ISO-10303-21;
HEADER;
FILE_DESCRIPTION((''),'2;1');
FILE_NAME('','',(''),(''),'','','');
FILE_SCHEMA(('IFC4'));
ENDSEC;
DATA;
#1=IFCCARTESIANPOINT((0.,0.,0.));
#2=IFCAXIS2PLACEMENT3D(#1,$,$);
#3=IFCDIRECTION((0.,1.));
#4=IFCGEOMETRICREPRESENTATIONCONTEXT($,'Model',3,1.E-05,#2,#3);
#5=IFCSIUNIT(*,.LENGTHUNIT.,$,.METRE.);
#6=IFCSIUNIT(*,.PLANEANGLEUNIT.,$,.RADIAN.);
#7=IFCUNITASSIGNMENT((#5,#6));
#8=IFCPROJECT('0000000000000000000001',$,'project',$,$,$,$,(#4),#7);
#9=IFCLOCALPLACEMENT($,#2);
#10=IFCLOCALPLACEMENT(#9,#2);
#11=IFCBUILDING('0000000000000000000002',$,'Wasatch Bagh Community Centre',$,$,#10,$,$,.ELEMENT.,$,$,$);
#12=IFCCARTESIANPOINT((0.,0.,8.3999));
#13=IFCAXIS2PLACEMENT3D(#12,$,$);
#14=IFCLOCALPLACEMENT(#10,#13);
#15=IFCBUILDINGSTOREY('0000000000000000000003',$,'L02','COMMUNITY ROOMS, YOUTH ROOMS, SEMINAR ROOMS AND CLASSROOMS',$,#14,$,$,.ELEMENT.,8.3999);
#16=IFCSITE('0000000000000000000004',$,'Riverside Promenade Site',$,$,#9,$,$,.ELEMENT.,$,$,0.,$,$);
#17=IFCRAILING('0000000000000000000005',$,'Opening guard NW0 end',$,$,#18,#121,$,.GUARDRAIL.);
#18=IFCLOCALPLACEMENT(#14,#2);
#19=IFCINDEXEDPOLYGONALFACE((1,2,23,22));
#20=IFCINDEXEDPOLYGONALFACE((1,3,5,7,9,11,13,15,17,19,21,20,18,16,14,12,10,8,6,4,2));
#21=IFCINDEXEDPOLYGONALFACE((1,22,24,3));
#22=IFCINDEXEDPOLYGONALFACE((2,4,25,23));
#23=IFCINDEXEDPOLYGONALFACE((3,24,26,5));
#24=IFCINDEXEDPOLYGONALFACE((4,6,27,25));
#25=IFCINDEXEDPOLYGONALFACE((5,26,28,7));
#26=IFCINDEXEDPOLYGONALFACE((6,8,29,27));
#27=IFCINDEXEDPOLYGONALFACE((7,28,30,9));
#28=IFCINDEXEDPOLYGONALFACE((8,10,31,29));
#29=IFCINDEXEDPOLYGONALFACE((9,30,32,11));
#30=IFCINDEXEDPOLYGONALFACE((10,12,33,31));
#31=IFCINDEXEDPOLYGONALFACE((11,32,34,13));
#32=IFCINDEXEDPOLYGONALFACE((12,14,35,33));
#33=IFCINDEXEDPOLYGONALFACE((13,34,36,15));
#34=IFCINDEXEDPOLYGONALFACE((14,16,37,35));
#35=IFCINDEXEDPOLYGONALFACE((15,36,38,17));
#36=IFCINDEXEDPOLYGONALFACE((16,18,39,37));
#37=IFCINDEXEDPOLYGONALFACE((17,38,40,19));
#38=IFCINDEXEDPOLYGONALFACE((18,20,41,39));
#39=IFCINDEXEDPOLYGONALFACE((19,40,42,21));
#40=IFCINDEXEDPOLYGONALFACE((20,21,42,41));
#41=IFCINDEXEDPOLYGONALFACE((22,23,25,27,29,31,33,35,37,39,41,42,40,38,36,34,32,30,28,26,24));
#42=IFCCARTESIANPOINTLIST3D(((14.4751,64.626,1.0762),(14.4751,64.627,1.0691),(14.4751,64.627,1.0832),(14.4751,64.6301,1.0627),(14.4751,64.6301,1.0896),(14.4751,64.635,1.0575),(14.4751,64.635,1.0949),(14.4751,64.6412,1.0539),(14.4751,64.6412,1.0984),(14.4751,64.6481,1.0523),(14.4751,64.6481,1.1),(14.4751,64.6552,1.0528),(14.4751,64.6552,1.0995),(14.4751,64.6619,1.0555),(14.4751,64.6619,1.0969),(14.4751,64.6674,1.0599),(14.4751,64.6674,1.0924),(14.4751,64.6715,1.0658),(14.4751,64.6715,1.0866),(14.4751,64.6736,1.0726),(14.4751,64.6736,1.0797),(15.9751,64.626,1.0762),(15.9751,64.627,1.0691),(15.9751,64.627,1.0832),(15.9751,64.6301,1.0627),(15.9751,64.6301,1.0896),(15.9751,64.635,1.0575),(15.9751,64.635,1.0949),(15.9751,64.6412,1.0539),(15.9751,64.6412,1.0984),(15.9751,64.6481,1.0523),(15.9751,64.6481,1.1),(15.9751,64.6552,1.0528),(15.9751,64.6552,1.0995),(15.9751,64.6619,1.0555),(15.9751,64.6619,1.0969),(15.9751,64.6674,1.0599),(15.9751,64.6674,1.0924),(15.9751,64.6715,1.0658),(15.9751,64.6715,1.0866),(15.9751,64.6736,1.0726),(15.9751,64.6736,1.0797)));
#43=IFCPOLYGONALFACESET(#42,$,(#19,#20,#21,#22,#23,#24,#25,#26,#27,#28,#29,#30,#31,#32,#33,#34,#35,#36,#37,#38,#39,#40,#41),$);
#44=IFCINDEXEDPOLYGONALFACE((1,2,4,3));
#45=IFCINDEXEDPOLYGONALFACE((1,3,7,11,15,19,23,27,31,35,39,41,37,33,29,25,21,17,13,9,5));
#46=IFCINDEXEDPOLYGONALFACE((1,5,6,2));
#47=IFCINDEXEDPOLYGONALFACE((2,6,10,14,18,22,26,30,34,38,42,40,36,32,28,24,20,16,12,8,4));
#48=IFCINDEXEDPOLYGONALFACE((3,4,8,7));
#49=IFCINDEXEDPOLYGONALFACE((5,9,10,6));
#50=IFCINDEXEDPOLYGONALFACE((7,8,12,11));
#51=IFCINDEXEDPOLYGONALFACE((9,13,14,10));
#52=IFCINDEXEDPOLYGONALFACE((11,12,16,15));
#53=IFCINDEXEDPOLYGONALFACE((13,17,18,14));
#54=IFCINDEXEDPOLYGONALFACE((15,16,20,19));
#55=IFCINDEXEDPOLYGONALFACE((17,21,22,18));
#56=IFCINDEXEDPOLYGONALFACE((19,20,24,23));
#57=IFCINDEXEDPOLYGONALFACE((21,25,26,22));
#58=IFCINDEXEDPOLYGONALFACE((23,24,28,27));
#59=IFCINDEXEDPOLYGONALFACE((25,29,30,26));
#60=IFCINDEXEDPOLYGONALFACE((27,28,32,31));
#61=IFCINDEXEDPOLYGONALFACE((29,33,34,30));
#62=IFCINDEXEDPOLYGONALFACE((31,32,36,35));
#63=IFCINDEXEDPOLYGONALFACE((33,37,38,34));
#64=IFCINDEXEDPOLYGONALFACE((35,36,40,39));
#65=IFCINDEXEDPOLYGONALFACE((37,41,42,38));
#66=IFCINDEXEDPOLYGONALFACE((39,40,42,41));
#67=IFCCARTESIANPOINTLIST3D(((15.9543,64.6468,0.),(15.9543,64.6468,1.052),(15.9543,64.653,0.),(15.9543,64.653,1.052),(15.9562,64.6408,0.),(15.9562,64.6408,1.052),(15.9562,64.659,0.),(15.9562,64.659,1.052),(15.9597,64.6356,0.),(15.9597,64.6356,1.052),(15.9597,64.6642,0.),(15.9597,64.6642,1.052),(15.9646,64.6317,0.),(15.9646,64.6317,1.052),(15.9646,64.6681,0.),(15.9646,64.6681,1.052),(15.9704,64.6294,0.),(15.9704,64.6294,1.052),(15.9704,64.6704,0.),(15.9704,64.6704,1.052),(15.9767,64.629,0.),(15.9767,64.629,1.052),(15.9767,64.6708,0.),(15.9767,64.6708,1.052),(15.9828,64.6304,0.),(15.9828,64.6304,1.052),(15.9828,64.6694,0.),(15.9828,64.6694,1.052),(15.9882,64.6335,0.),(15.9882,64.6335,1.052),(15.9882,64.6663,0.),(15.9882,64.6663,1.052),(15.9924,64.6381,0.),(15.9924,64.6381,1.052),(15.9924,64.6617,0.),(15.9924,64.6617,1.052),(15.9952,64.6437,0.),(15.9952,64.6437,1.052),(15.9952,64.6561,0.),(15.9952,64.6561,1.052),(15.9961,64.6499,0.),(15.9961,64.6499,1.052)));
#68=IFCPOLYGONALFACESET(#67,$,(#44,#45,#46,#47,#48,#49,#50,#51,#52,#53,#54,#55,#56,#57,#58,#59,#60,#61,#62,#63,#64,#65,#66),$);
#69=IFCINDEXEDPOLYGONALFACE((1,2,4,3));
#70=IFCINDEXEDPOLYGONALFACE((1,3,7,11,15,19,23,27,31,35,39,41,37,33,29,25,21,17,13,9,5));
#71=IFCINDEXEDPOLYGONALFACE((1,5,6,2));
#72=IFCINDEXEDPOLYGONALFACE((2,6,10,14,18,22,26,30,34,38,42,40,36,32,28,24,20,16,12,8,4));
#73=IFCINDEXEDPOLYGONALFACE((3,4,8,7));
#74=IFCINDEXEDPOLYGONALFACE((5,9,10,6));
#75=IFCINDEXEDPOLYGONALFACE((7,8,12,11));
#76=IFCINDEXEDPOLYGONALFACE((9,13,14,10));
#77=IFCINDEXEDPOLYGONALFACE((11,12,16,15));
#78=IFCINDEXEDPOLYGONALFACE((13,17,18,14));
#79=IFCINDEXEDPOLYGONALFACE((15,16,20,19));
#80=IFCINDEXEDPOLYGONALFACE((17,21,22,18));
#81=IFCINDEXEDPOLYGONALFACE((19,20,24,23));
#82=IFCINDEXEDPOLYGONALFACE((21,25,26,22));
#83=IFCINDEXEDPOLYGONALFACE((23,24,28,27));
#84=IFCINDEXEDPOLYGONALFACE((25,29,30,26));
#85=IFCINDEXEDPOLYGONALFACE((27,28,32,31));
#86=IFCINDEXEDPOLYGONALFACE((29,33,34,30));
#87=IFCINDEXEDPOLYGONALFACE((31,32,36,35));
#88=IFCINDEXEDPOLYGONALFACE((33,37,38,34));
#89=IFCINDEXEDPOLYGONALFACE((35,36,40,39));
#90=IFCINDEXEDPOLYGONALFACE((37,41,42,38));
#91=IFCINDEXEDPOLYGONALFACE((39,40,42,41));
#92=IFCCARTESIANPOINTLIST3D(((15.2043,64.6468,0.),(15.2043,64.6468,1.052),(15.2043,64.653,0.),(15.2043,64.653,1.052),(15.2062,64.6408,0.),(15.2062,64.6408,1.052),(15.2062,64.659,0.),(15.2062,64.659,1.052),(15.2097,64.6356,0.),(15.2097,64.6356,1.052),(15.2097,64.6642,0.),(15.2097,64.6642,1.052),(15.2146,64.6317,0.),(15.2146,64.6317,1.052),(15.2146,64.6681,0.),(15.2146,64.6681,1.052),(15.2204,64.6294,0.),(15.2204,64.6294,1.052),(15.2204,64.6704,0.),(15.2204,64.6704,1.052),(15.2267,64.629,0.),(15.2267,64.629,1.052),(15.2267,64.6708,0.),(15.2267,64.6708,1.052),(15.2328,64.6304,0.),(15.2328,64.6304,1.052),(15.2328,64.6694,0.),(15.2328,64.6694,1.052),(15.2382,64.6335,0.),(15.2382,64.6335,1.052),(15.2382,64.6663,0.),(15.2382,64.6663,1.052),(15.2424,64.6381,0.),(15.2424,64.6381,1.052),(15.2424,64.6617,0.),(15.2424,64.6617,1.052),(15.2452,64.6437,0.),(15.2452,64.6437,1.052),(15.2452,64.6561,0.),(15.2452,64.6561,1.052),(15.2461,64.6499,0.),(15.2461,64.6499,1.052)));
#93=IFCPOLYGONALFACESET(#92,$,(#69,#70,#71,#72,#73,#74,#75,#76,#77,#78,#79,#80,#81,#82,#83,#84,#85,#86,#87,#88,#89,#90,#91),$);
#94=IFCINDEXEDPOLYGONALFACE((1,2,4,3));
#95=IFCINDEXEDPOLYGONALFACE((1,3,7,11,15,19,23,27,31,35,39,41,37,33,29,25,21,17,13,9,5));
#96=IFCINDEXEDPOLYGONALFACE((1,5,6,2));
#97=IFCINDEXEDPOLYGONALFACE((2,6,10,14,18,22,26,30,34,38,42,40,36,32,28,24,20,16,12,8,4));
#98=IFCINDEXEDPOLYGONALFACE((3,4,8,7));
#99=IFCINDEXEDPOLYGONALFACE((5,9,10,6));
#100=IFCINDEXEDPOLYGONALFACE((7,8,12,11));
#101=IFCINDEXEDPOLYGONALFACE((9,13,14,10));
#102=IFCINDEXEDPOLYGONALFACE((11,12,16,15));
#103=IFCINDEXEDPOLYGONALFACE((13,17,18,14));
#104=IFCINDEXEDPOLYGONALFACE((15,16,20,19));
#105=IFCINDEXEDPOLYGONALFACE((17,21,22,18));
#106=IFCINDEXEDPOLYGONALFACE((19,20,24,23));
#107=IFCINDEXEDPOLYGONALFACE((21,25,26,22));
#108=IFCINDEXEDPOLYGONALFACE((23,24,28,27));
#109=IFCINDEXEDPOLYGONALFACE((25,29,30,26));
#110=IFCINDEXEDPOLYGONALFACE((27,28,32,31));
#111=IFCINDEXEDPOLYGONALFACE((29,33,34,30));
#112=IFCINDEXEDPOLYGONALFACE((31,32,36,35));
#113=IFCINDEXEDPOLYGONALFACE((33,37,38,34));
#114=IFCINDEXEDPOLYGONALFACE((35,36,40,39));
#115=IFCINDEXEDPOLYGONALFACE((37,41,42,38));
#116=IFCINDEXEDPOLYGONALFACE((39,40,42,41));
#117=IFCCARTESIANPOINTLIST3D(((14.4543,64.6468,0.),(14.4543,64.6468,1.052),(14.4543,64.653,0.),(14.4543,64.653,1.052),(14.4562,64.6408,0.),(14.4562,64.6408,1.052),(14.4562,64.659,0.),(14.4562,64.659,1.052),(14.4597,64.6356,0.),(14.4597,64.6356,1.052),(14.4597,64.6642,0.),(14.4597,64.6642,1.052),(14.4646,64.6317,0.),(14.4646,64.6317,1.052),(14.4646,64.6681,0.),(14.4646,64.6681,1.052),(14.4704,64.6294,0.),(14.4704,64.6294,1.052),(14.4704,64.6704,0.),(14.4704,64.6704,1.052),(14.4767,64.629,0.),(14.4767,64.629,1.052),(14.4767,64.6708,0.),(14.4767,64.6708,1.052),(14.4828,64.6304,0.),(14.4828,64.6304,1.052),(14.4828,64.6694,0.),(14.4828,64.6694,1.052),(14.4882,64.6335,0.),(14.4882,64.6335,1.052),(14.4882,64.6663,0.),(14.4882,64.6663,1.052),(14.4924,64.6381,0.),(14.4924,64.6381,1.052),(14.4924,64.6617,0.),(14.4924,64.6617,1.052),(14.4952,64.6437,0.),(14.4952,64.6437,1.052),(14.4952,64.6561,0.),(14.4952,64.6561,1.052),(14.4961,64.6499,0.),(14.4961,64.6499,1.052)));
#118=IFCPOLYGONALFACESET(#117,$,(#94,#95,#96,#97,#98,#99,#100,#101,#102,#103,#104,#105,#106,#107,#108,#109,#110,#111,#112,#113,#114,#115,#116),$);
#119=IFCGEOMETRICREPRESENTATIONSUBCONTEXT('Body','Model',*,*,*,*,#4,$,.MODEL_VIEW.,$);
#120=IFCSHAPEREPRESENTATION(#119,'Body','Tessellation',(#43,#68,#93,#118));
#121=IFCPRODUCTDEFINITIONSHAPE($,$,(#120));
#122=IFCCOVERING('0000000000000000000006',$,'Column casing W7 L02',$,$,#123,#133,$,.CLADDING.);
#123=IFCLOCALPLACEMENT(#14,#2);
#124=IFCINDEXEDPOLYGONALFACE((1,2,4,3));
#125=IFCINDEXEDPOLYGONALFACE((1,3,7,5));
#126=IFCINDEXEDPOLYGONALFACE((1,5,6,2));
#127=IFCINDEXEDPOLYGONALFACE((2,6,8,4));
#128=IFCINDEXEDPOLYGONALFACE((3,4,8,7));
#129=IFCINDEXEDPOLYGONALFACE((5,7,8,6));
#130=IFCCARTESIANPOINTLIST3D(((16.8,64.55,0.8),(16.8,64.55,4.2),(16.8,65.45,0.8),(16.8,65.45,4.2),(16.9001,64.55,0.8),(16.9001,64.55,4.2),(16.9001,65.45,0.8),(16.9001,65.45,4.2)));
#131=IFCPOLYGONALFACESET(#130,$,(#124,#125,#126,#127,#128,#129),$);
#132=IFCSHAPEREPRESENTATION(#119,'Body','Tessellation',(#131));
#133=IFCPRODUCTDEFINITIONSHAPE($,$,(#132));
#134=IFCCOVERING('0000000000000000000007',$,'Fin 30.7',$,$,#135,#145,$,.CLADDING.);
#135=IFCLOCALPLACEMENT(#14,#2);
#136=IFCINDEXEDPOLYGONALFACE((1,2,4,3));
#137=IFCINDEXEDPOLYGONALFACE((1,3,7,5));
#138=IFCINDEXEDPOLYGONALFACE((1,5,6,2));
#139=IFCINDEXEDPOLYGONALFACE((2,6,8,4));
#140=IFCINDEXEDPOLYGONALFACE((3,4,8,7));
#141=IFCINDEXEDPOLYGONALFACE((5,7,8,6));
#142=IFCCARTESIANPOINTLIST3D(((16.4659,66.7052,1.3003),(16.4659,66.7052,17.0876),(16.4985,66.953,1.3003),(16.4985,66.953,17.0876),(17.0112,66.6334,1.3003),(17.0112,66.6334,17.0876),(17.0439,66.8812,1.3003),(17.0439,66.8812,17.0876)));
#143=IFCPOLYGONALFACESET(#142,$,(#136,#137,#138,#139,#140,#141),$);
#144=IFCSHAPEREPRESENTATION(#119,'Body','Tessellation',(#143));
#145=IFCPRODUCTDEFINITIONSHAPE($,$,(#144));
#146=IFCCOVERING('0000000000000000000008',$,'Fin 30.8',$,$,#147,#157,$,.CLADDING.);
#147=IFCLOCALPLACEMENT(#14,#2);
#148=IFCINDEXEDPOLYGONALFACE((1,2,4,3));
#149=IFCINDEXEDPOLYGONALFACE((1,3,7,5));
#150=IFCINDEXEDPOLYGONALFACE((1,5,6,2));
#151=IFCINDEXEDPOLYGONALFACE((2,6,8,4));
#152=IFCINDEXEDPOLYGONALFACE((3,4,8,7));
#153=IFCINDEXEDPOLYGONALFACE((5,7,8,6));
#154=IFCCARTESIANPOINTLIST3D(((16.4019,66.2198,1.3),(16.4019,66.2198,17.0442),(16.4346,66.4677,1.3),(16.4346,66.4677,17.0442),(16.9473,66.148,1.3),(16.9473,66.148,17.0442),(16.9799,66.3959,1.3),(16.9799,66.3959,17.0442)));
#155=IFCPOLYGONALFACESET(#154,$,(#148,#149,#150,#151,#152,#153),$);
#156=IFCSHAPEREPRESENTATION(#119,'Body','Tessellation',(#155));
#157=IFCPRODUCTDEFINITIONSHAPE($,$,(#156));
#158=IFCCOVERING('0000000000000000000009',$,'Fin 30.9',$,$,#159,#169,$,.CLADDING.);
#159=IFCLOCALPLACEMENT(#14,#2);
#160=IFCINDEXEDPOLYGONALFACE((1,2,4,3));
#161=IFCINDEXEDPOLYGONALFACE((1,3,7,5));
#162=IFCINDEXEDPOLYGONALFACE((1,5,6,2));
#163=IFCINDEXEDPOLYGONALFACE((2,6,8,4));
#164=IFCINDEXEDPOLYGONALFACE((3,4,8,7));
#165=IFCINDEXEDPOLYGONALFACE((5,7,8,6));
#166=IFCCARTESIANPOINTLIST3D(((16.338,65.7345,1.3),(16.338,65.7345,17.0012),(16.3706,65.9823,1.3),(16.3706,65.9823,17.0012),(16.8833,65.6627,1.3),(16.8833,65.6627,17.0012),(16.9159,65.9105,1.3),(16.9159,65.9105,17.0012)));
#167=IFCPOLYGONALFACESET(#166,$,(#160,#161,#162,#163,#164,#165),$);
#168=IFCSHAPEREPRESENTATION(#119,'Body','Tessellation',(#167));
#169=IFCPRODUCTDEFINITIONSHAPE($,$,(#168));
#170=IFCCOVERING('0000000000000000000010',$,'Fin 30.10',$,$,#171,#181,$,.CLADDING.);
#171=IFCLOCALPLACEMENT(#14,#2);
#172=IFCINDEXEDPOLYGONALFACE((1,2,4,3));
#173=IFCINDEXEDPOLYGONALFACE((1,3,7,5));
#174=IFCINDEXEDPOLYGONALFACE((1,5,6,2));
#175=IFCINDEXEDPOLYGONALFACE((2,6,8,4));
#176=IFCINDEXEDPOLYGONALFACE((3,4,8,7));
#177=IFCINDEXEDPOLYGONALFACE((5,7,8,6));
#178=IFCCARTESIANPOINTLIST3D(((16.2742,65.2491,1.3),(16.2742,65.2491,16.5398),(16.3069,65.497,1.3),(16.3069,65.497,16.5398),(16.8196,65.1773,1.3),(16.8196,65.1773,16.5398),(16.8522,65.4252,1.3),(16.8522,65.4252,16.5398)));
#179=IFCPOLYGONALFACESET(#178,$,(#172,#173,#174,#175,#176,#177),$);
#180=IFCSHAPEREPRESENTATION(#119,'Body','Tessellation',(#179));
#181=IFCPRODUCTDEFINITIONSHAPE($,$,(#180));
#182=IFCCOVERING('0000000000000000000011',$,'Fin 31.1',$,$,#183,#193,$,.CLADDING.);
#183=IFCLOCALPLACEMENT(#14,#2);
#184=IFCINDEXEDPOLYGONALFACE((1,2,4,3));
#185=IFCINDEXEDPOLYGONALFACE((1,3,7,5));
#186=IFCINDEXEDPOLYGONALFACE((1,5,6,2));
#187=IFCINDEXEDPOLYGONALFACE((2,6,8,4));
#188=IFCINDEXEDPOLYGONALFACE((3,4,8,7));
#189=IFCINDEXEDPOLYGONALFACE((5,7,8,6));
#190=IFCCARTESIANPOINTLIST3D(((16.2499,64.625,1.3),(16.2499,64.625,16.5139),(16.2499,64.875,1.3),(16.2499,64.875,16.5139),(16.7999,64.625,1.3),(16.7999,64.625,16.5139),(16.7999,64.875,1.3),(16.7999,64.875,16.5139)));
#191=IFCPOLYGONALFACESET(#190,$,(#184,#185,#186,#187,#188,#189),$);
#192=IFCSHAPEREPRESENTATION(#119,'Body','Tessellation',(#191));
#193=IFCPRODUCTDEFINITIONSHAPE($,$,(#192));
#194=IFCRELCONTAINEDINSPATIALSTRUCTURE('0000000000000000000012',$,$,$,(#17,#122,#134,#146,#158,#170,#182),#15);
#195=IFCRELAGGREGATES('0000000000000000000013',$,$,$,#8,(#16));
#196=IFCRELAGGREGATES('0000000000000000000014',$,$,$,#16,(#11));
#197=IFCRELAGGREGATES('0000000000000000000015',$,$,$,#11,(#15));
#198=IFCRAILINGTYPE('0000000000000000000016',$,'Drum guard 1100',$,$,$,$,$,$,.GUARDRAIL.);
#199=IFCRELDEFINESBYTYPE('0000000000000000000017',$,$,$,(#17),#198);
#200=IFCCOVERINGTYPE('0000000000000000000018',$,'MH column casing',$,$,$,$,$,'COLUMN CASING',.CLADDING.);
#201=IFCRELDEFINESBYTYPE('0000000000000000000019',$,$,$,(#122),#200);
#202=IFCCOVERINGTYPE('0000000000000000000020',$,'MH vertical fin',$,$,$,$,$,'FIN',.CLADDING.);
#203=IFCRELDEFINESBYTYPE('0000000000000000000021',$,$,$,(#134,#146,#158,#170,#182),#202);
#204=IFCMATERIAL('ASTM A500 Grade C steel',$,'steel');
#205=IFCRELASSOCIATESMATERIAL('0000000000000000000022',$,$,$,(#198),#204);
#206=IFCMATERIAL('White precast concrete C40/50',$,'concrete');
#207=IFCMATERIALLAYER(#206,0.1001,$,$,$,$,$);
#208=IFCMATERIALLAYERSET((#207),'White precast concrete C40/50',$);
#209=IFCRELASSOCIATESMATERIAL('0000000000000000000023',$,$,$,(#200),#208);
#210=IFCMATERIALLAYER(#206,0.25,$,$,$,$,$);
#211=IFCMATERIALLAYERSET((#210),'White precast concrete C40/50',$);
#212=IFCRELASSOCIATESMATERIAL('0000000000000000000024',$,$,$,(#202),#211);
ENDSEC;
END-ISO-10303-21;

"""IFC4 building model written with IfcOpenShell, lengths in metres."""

from ifc_helpers import new_model, si_unit, direction, frame, origin, origin_2d, place, context, subcontext, project, spatial, rectangle, circle, extrude, material, layer, layer_set, type_object, element, save


model = new_model("IFC4")

# Units and contexts
model_context = context("Model", 3, precision=1e-05, world=origin(), true_north=direction((0.0, 1.0)))
body_context = subcontext(model_context, "Body", "Model", "MODEL_VIEW")
ifc_project = project(units=[si_unit("LENGTHUNIT", "METRE"), si_unit("PLANEANGLEUNIT", "RADIAN")], contexts=[model_context])

# Site, building, storey
site_placement = place(None, origin())
site = spatial("IfcSite", under=ifc_project, at=site_placement, Name="Riverside Promenade Site", CompositionType="ELEMENT", RefElevation=0.0)
building_placement = place(site_placement, origin())
building = spatial("IfcBuilding", under=site, at=building_placement, Name="Wasatch Bagh Community Centre", CompositionType="ELEMENT")
storey_placement = place(building_placement, frame((0.0, 0.0, 8.3999)))
storey = spatial("IfcBuildingStorey", under=building, at=storey_placement, Name="L02", Description="COMMUNITY ROOMS, YOUTH ROOMS, SEMINAR ROOMS AND CLASSROOMS", CompositionType="ELEMENT", Elevation=8.3999)

# Railing
ifc_material_1 = material(Name="ASTM A500 Grade C steel", Category="steel")
railing_type = type_object("IfcRailingType", Name="Drum guard 1100", PredefinedType="GUARDRAIL", material=ifc_material_1)
railing_1_placement = place(storey_placement, frame((15.9751, 64.6499, 0.0)))
element("IfcRailing", 1, at=railing_1_placement, inside=storey, type_object=railing_type, Name="Opening guard NW0 end", PredefinedType="GUARDRAIL", context=body_context, shape_type="SweptSolid", body=[
    extrude(circle(Radius=0.0239, at=origin_2d()), frame((0.0, 0.0, 1.0762), z_axis=(-1.0, 0.0, 0.0), x_axis=(0.0, -1.0, 0.0)), (0.0, 0.0, 1.0), 1.5),
    extrude(circle(Radius=0.021, at=origin_2d()), origin(), (0.0, 0.0, 1.0), 1.052),
    extrude(circle(Radius=0.021, at=origin_2d()), frame((-0.75, 0.0, 0.0)), (0.0, 0.0, 1.0), 1.052),
    extrude(circle(Radius=0.021, at=origin_2d()), frame((-1.5, 0.0, 0.0)), (0.0, 0.0, 1.0), 1.052),
])

# Coverings
ifc_material_2 = material(Name="White precast concrete C40/50", Category="concrete")
ifc_layer_1 = layer(ifc_material_2, 0.1001)
ifc_layer_set_1 = layer_set([ifc_layer_1], Name="White precast concrete C40/50")
covering_type_1 = type_object("IfcCoveringType", Name="MH column casing", ElementType="COLUMN CASING", PredefinedType="CLADDING", material=ifc_layer_set_1)
covering_1_placement = place(storey_placement, frame((16.8501, 65.0, 0.8), z_axis=(0.0, 0.0, 1.0), x_axis=(0.0, -1.0, 0.0)))
element("IfcCovering", 2, at=covering_1_placement, inside=storey, type_object=covering_type_1, Name="Column casing W7 L02", PredefinedType="CLADDING", context=body_context, shape_type="SweptSolid", body=[
    extrude(rectangle(XDim=0.8999, YDim=0.1001, at=origin_2d()), origin(), (0.0, 0.0, 1.0), 3.3999),
])
ifc_layer_2 = layer(ifc_material_2, 0.25)
ifc_layer_set_2 = layer_set([ifc_layer_2], Name="White precast concrete C40/50")
covering_type_2 = type_object("IfcCoveringType", Name="MH vertical fin", ElementType="FIN", PredefinedType="CLADDING", material=ifc_layer_set_2)
covering_2_placement = place(storey_placement, frame((16.7549, 66.7932, 1.3003), z_axis=(0.0, 0.0, 1.0), x_axis=(-0.130526, -0.991445, 0.0)))
element("IfcCovering", 3, at=covering_2_placement, inside=storey, type_object=covering_type_2, Name="Fin 30.7", PredefinedType="CLADDING", context=body_context, shape_type="SweptSolid", body=[
    extrude(rectangle(XDim=0.25, YDim=0.55, at=origin_2d()), origin(), (0.0, 0.0, 1.0), 15.7874),
])
covering_3_placement = place(storey_placement, frame((16.6909, 66.3079, 1.3), z_axis=(0.0, 0.0, 1.0), x_axis=(-0.130526, -0.991445, 0.0)))
element("IfcCovering", 4, at=covering_3_placement, inside=storey, type_object=covering_type_2, Name="Fin 30.8", PredefinedType="CLADDING", context=body_context, shape_type="SweptSolid", body=[
    extrude(rectangle(XDim=0.25, YDim=0.55, at=origin_2d()), origin(), (0.0, 0.0, 1.0), 15.7441),
])
covering_4_placement = place(storey_placement, frame((16.627, 65.8225, 1.3), z_axis=(0.0, 0.0, 1.0), x_axis=(-0.130526, -0.991445, 0.0)))
element("IfcCovering", 5, at=covering_4_placement, inside=storey, type_object=covering_type_2, Name="Fin 30.9", PredefinedType="CLADDING", context=body_context, shape_type="SweptSolid", body=[
    extrude(rectangle(XDim=0.25, YDim=0.55, at=origin_2d()), origin(), (0.0, 0.0, 1.0), 15.7012),
])
covering_5_placement = place(storey_placement, frame((16.5632, 65.3372, 1.3), z_axis=(0.0, 0.0, 1.0), x_axis=(-0.130526, -0.991445, 0.0)))
element("IfcCovering", 6, at=covering_5_placement, inside=storey, type_object=covering_type_2, Name="Fin 30.10", PredefinedType="CLADDING", context=body_context, shape_type="SweptSolid", body=[
    extrude(rectangle(XDim=0.25, YDim=0.55, at=origin_2d()), origin(), (0.0, 0.0, 1.0), 15.2397),
])
covering_6_placement = place(storey_placement, frame((16.5249, 64.75, 1.3), z_axis=(0.0, 0.0, 1.0), x_axis=(0.0, -1.0, 0.0)))
element("IfcCovering", 7, at=covering_6_placement, inside=storey, type_object=covering_type_2, Name="Fin 31.1", PredefinedType="CLADDING", context=body_context, shape_type="SweptSolid", body=[
    extrude(rectangle(XDim=0.25, YDim=0.55, at=origin_2d()), origin(), (0.0, 0.0, 1.0), 15.2139),
])

save(model, "model.ifc")
